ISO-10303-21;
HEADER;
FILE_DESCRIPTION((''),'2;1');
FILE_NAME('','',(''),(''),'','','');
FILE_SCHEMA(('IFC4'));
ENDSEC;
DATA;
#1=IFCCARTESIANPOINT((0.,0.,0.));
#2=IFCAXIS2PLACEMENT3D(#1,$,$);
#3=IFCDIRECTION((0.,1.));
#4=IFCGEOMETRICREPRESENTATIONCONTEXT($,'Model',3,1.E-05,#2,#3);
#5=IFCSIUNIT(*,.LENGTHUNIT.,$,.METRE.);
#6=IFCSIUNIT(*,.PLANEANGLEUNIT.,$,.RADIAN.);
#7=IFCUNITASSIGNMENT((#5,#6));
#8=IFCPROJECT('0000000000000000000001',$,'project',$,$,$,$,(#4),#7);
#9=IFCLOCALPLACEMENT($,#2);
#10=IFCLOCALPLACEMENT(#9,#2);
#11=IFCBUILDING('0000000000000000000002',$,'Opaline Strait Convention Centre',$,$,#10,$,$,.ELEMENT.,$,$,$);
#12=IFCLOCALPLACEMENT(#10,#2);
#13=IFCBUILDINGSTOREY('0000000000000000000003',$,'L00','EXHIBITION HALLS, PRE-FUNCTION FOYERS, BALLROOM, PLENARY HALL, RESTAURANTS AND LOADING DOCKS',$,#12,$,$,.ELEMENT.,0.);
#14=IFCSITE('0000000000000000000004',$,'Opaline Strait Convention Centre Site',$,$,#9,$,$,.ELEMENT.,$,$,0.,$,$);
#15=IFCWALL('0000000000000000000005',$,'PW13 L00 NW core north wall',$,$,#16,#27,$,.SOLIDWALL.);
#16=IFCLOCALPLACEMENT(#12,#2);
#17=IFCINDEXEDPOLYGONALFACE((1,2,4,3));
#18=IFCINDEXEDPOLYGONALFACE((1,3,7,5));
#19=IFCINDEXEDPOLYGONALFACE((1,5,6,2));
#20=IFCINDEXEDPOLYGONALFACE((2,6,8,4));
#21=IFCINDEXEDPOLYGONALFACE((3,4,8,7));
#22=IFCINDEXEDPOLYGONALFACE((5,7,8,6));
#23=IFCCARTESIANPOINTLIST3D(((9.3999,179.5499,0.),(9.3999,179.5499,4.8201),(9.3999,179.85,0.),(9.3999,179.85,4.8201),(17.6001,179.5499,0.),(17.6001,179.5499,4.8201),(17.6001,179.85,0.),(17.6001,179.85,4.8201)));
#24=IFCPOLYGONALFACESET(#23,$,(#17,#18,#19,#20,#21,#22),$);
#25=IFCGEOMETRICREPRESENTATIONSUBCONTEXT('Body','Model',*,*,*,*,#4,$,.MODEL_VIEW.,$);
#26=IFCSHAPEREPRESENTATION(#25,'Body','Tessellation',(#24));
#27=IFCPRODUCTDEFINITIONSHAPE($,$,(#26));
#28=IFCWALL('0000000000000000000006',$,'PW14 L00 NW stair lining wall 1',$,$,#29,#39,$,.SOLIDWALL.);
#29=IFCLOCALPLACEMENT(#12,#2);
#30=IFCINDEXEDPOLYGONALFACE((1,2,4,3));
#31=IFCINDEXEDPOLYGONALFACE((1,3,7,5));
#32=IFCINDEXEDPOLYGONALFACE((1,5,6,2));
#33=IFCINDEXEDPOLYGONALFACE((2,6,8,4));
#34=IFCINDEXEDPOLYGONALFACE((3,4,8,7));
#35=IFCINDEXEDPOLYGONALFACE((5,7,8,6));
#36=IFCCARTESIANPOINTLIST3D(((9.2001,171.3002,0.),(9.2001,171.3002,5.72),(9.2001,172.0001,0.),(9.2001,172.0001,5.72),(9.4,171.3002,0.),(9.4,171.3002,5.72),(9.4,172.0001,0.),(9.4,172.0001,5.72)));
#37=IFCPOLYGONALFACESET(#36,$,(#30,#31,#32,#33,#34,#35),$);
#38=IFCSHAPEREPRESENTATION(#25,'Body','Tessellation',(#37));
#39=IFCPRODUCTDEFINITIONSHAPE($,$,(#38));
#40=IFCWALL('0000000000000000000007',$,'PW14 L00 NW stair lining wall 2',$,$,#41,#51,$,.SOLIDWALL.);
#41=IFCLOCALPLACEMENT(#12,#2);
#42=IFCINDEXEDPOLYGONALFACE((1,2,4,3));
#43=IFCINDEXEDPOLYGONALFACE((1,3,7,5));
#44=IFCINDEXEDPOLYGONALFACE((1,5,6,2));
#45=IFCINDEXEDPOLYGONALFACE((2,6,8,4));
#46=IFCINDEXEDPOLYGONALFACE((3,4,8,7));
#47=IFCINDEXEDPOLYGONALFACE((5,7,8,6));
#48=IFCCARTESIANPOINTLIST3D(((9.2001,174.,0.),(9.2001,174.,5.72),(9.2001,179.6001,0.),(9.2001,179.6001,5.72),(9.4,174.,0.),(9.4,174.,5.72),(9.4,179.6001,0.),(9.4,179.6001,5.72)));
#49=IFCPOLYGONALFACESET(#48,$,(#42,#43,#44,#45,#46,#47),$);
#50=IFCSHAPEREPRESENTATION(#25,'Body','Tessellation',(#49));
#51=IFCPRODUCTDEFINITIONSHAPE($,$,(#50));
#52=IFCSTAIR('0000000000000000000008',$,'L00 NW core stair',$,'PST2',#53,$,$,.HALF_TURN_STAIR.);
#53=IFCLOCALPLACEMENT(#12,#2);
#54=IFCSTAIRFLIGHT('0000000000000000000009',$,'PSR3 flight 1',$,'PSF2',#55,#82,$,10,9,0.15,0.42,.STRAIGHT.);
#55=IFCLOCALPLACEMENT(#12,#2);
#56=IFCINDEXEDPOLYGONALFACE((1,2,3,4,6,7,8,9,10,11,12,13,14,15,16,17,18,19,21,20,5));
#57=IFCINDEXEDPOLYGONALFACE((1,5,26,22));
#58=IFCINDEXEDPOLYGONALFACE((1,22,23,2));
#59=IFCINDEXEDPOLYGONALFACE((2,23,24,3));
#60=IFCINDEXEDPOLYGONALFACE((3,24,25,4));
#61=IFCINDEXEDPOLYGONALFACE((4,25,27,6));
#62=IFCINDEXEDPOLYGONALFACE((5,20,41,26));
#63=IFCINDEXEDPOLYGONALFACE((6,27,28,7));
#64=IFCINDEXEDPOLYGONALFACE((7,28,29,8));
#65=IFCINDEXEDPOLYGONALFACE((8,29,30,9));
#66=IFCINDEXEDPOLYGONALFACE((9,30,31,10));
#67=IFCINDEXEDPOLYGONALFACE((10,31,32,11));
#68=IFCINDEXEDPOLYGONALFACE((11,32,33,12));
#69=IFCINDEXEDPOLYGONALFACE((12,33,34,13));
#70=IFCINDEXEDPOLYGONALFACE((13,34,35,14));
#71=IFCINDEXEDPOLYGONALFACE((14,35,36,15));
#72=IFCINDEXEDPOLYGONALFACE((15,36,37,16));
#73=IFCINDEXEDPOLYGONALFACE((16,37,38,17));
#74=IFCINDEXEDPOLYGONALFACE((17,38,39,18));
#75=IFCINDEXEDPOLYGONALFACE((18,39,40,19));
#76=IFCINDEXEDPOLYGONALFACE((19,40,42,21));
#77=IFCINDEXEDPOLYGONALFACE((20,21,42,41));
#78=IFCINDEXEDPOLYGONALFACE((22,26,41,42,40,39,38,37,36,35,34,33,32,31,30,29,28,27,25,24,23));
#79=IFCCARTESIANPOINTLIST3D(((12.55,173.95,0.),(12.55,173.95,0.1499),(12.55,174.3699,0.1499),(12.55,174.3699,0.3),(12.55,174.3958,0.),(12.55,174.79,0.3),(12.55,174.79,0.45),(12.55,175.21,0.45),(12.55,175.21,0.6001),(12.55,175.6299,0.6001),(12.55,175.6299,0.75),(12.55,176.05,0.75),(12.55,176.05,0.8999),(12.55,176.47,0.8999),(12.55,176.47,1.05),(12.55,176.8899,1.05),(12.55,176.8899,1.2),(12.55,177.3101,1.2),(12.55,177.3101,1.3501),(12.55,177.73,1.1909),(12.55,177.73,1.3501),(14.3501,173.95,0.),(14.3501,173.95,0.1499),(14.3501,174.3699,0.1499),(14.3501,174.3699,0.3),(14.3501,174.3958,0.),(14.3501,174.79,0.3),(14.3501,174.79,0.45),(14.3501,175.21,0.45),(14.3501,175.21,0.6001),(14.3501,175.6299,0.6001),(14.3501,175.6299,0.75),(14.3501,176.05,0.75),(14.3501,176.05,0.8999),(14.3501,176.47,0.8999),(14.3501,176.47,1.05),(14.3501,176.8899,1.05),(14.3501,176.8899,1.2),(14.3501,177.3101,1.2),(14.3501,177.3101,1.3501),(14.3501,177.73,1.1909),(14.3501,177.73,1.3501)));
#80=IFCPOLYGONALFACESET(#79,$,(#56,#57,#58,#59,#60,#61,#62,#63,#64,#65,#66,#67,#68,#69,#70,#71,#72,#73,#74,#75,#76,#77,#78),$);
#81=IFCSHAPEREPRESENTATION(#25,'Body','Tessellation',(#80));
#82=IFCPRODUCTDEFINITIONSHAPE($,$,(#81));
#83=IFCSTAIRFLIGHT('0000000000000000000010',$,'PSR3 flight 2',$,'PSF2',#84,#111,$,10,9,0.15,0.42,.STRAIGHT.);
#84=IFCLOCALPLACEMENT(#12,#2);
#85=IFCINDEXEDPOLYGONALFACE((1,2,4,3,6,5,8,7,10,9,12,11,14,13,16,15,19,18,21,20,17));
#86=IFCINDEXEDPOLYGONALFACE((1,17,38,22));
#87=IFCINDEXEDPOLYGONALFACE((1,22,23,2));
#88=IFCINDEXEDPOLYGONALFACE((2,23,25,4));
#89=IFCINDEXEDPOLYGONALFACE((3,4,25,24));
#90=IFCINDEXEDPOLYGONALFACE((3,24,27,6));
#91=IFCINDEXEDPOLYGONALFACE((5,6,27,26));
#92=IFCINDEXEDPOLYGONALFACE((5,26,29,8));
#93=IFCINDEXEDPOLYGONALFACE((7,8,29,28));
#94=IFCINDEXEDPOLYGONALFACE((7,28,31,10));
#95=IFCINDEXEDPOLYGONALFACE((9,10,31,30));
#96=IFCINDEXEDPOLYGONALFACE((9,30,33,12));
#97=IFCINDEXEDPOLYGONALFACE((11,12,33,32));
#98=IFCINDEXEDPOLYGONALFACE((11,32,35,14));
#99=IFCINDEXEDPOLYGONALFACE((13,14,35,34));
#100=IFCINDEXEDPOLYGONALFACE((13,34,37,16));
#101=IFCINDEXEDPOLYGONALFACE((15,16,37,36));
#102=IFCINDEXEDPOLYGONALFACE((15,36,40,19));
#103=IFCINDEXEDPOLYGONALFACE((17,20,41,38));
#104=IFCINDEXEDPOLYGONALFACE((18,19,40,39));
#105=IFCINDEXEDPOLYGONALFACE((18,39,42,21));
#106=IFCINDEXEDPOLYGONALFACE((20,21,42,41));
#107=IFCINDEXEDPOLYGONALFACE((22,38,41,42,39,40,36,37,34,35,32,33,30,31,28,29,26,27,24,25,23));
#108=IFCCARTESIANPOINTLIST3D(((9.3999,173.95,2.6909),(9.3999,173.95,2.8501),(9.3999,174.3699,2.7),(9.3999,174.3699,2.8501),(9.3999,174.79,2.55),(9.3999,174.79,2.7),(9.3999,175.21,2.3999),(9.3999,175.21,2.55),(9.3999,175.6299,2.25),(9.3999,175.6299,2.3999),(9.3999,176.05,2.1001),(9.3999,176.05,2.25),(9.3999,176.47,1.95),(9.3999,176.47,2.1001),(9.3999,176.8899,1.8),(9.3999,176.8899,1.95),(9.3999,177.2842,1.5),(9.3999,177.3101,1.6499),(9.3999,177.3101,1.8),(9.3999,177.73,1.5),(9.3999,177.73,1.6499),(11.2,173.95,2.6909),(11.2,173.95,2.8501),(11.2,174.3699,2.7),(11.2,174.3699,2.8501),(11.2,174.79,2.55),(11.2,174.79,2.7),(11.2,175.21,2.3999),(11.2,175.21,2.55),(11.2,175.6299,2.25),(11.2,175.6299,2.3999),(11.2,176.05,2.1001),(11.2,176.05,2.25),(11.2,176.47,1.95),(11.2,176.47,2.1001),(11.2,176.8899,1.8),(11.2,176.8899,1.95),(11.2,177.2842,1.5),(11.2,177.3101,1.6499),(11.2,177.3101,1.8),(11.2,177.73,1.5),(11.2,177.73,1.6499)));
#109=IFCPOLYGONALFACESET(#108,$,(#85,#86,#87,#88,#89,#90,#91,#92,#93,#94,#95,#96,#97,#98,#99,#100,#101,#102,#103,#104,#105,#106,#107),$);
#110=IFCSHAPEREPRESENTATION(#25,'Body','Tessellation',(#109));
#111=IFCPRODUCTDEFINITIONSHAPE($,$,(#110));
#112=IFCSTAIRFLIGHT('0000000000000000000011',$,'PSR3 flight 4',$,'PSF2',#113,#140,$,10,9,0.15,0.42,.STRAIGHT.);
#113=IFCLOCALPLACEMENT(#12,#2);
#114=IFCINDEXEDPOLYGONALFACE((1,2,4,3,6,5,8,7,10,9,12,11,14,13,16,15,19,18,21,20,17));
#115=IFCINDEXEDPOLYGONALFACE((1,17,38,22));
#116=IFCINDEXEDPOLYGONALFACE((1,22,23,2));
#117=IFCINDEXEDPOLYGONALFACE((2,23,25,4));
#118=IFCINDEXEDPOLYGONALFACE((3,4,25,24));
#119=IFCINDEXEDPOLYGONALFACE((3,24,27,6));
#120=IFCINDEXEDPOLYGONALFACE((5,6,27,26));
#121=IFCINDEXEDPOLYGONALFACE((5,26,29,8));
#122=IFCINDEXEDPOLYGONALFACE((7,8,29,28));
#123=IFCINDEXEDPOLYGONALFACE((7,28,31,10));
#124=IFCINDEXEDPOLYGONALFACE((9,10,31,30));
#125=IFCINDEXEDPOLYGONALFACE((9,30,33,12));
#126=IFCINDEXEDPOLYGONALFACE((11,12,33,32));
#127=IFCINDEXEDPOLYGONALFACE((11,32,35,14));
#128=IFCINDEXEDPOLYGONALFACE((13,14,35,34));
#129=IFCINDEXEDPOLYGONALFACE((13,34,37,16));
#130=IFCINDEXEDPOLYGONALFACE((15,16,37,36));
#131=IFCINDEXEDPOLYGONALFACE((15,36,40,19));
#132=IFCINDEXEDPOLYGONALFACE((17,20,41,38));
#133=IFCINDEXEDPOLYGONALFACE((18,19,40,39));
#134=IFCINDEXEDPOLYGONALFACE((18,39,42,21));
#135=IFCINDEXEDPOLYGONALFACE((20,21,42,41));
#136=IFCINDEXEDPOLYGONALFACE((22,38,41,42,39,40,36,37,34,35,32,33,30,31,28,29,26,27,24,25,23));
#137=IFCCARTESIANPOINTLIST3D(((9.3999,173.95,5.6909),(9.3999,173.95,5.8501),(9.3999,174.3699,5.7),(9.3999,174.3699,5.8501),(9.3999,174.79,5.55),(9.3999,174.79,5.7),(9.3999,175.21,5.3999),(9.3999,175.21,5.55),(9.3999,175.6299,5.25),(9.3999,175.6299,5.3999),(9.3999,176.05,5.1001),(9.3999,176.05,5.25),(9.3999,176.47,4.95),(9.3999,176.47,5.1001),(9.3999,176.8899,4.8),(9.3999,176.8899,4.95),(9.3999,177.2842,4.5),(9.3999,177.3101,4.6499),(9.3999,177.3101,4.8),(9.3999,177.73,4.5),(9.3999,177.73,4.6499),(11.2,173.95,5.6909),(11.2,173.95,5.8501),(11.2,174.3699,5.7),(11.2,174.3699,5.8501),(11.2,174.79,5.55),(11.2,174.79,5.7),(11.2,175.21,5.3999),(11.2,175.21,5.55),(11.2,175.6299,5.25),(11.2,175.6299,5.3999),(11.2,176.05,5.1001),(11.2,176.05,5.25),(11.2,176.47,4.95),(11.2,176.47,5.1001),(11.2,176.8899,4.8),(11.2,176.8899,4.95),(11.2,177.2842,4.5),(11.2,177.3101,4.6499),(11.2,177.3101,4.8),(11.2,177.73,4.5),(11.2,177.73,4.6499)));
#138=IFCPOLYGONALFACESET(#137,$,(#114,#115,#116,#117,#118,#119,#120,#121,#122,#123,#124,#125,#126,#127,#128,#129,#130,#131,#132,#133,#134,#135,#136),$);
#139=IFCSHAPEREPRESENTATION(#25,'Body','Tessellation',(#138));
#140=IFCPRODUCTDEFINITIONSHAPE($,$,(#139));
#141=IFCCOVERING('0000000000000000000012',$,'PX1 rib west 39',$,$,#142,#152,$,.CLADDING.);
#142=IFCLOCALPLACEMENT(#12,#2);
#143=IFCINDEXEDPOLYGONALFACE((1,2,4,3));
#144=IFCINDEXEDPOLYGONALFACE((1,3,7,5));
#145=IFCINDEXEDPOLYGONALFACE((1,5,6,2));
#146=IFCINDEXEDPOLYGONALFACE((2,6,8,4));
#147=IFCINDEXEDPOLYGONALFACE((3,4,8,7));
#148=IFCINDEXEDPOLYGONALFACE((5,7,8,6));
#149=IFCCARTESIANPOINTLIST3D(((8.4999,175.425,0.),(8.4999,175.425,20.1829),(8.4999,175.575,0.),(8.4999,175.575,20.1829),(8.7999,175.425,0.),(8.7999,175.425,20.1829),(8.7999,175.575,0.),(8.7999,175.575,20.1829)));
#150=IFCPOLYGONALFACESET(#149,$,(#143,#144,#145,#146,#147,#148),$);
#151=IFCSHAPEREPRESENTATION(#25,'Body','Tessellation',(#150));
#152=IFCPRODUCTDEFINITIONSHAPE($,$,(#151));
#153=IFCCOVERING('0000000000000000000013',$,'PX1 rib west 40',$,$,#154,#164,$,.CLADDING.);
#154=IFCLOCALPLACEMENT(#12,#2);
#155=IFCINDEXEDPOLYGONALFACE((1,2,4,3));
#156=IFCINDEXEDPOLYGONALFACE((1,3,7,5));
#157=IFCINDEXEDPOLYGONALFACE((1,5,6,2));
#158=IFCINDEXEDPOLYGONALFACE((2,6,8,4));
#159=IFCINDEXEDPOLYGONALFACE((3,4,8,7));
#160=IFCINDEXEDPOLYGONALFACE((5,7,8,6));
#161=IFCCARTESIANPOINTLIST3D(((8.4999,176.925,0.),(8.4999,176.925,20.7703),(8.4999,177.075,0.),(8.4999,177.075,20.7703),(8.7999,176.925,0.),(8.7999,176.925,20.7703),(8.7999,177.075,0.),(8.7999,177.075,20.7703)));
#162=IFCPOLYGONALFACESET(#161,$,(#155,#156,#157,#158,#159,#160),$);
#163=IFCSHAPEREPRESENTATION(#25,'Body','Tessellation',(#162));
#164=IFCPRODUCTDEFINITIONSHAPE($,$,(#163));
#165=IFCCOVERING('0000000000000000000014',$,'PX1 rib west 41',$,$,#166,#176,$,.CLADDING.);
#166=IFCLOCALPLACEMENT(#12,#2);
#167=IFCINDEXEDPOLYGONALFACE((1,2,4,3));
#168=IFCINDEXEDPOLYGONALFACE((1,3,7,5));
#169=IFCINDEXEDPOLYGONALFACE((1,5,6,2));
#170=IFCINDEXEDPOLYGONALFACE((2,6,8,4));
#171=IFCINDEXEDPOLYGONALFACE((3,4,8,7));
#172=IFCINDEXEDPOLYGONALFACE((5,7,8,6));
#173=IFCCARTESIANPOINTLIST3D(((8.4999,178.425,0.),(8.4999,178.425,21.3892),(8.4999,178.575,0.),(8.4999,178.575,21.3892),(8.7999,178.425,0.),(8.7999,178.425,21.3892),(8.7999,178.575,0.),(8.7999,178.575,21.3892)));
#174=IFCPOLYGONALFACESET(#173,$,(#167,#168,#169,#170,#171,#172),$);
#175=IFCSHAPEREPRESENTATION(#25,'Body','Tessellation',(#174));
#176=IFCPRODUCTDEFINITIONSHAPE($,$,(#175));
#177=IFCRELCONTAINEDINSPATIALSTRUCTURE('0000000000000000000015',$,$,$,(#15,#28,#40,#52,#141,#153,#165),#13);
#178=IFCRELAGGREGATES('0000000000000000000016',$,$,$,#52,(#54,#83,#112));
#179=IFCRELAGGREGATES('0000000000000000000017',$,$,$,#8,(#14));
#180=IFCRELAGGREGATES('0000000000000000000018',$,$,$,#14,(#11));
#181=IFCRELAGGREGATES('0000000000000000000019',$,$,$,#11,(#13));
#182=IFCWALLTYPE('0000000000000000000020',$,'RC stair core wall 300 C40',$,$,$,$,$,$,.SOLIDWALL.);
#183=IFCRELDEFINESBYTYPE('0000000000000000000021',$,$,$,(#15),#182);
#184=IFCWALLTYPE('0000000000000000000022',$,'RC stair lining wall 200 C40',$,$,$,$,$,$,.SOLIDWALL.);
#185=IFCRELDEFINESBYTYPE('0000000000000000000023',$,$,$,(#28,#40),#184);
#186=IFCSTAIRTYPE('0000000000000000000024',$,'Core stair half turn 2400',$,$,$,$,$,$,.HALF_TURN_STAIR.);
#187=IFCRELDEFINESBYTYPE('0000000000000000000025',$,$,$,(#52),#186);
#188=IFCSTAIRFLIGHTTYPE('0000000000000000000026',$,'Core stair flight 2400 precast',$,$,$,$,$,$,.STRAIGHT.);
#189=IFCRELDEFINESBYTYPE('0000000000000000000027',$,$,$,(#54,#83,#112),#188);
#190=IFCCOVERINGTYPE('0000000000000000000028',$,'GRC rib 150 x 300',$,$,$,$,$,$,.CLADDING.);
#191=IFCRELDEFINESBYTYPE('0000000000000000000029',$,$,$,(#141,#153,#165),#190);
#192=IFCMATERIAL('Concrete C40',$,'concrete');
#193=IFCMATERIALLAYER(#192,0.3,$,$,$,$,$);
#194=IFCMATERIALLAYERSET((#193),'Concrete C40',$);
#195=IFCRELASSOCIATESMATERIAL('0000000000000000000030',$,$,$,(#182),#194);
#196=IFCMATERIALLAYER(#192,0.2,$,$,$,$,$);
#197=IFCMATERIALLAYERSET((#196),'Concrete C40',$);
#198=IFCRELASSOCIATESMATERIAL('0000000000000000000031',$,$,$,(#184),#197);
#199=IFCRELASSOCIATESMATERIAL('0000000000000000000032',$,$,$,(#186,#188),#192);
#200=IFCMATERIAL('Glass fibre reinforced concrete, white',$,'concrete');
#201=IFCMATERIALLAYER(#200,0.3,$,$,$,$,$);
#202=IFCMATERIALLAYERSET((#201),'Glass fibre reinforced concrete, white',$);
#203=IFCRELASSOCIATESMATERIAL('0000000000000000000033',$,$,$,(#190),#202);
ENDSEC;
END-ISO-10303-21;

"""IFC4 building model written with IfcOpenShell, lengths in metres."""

from ifc_helpers import new_model, si_unit, direction, frame, frame_2d, origin, origin_2d, place, context, subcontext, project, spatial, polyline, rectangle, outline, extrude, material, layer, layer_set, type_object, element, aggregate, save


model = new_model("IFC4")

# Units and contexts
model_context = context("Model", 3, precision=1e-05, world=origin(), true_north=direction((0.0, 1.0)))
body_context = subcontext(model_context, "Body", "Model", "MODEL_VIEW")
ifc_project = project(units=[si_unit("LENGTHUNIT", "METRE"), si_unit("PLANEANGLEUNIT", "RADIAN")], contexts=[model_context])

# Site, building, storey
site_placement = place(None, origin())
site = spatial("IfcSite", under=ifc_project, at=site_placement, Name="Opaline Strait Convention Centre Site", CompositionType="ELEMENT", RefElevation=0.0)
building_placement = place(site_placement, origin())
building = spatial("IfcBuilding", under=site, at=building_placement, Name="Opaline Strait Convention Centre", CompositionType="ELEMENT")
storey_placement = place(building_placement, origin())
storey = spatial("IfcBuildingStorey", under=building, at=storey_placement, Name="L00", Description="EXHIBITION HALLS, PRE-FUNCTION FOYERS, BALLROOM, PLENARY HALL, RESTAURANTS AND LOADING DOCKS", CompositionType="ELEMENT", Elevation=0.0)

# Shared definitions
ifc_material_1 = material(Name="Concrete C40", Category="concrete")

# Walls
ifc_layer_1 = layer(ifc_material_1, 0.3)
ifc_layer_set_1 = layer_set([ifc_layer_1], Name="Concrete C40")
wall_type_1 = type_object("IfcWallType", Name="RC stair core wall 300 C40", PredefinedType="SOLIDWALL", material=ifc_layer_set_1)
wall_1_placement = place(storey_placement, frame((9.3999, 179.7, 0.0), z_axis=(0.0, 0.0, 1.0), x_axis=(1.0, 0.0, 0.0)))
element("IfcWall", 1, at=wall_1_placement, inside=storey, type_object=wall_type_1, Name="PW13 L00 NW core north wall", PredefinedType="SOLIDWALL", context=body_context, shape_type="SweptSolid", body=[
    extrude(rectangle(XDim=8.2002, YDim=0.3, at=frame_2d((4.1001, 0.0))), origin(), (0.0, 0.0, 1.0), 4.8201),
])
ifc_layer_2 = layer(ifc_material_1, 0.2)
ifc_layer_set_2 = layer_set([ifc_layer_2], Name="Concrete C40")
wall_type_2 = type_object("IfcWallType", Name="RC stair lining wall 200 C40", PredefinedType="SOLIDWALL", material=ifc_layer_set_2)
wall_2_placement = place(storey_placement, frame((9.3, 171.3, 0.0), z_axis=(0.0, 0.0, 1.0), x_axis=(0.0, 1.0, 0.0)))
element("IfcWall", 2, at=wall_2_placement, inside=storey, type_object=wall_type_2, Name="PW14 L00 NW stair lining wall 1", PredefinedType="SOLIDWALL", context=body_context, shape_type="SweptSolid", body=[
    extrude(rectangle(XDim=0.7, YDim=0.2, at=frame_2d((0.3501, 0.0))), origin(), (0.0, 0.0, 1.0), 5.72),
])
wall_3_placement = place(storey_placement, frame((9.3, 174.0, 0.0), z_axis=(0.0, 0.0, 1.0), x_axis=(0.0, 1.0, 0.0)))
element("IfcWall", 3, at=wall_3_placement, inside=storey, type_object=wall_type_2, Name="PW14 L00 NW stair lining wall 2", PredefinedType="SOLIDWALL", context=body_context, shape_type="SweptSolid", body=[
    extrude(rectangle(XDim=5.6001, YDim=0.2, at=frame_2d((2.8, 0.0))), origin(), (0.0, 0.0, 1.0), 5.72),
])

# Stair, stair flights
stair_type = type_object("IfcStairType", Name="Core stair half turn 2400", PredefinedType="HALF_TURN_STAIR", material=ifc_material_1)
stair_placement = place(storey_placement, origin())
stair = element("IfcStair", 4, at=stair_placement, inside=storey, type_object=stair_type, Name="L00 NW core stair", ObjectType="PST2", PredefinedType="HALF_TURN_STAIR")
stair_flight_type = type_object("IfcStairFlightType", Name="Core stair flight 2400 precast", PredefinedType="STRAIGHT", material=ifc_material_1)
stair_flight_1_placement = place(storey_placement, frame((13.45, 173.95, 0.0), z_axis=(0.0, 0.0, 1.0), x_axis=(0.0, 1.0, 0.0)))
stair_flight_1 = element("IfcStairFlight", 5, at=stair_flight_1_placement, type_object=stair_flight_type, Name="PSR3 flight 1", ObjectType="PSF2", NumberOfRisers=10, NumberOfTreads=9, PredefinedType="STRAIGHT", RiserHeight=0.15, TreadLength=0.42, context=body_context, shape_type="SweptSolid", body=[
    extrude(outline(polyline([(0.0, 0.0), (0.0, 0.1499), (0.4199, 0.1499), (0.4199, 0.3), (0.8401, 0.3), (0.8401, 0.45), (1.26, 0.45), (1.26, 0.6001), (1.6799, 0.6001), (1.6799, 0.75), (2.1001, 0.75), (2.1001, 0.8999), (2.52, 0.8999), (2.52, 1.05), (2.9399, 1.05), (2.9399, 1.2), (3.3601, 1.2), (3.3601, 1.3501), (3.78, 1.3501), (3.78, 1.5), (3.78, 1.1909), (0.4458, 0.0), (0.0, 0.0)])), frame((0.0, 0.8999, 0.0), z_axis=(0.0, -1.0, 0.0), x_axis=(1.0, 0.0, 0.0)), (0.0, 0.0, 1.0), 1.8),
])
stair_flight_2_placement = place(storey_placement, frame((10.3, 177.73, 1.5), z_axis=(0.0, 0.0, 1.0), x_axis=(0.0, -1.0, 0.0)))
stair_flight_2 = element("IfcStairFlight", 6, at=stair_flight_2_placement, type_object=stair_flight_type, Name="PSR3 flight 2", ObjectType="PSF2", NumberOfRisers=10, NumberOfTreads=9, PredefinedType="STRAIGHT", RiserHeight=0.15, TreadLength=0.42, context=body_context, shape_type="SweptSolid", body=[
    extrude(outline(polyline([(0.0, 0.0), (0.0, 0.1499), (0.4199, 0.1499), (0.4199, 0.3), (0.8401, 0.3), (0.8401, 0.45), (1.26, 0.45), (1.26, 0.6001), (1.6799, 0.6001), (1.6799, 0.75), (2.1001, 0.75), (2.1001, 0.8999), (2.52, 0.8999), (2.52, 1.05), (2.9399, 1.05), (2.9399, 1.2), (3.3601, 1.2), (3.3601, 1.3501), (3.78, 1.3501), (3.78, 1.5), (3.78, 1.1909), (0.4458, 0.0), (0.0, 0.0)])), frame((0.0, 0.8999, 0.0), z_axis=(0.0, -1.0, 0.0), x_axis=(1.0, 0.0, 0.0)), (0.0, 0.0, 1.0), 1.8),
])
stair_flight_3_placement = place(storey_placement, frame((10.3, 177.73, 4.5), z_axis=(0.0, 0.0, 1.0), x_axis=(0.0, -1.0, 0.0)))
stair_flight_3 = element("IfcStairFlight", 7, at=stair_flight_3_placement, type_object=stair_flight_type, Name="PSR3 flight 4", ObjectType="PSF2", NumberOfRisers=10, NumberOfTreads=9, PredefinedType="STRAIGHT", RiserHeight=0.15, TreadLength=0.42, context=body_context, shape_type="SweptSolid", body=[
    extrude(outline(polyline([(0.0, 0.0), (0.0, 0.1499), (0.4199, 0.1499), (0.4199, 0.3), (0.8401, 0.3), (0.8401, 0.45), (1.26, 0.45), (1.26, 0.6001), (1.6799, 0.6001), (1.6799, 0.75), (2.1001, 0.75), (2.1001, 0.8999), (2.52, 0.8999), (2.52, 1.05), (2.9399, 1.05), (2.9399, 1.2), (3.3601, 1.2), (3.3601, 1.3501), (3.78, 1.3501), (3.78, 1.5), (3.78, 1.1909), (0.4458, 0.0), (0.0, 0.0)])), frame((0.0, 0.8999, 0.0), z_axis=(0.0, -1.0, 0.0), x_axis=(1.0, 0.0, 0.0)), (0.0, 0.0, 1.0), 1.8),
])
aggregate(stair, [stair_flight_1, stair_flight_2, stair_flight_3])

# Coverings
ifc_material_2 = material(Name="Glass fibre reinforced concrete, white", Category="concrete")
ifc_layer_3 = layer(ifc_material_2, 0.3)
ifc_layer_set_3 = layer_set([ifc_layer_3], Name="Glass fibre reinforced concrete, white")
covering_type = type_object("IfcCoveringType", Name="GRC rib 150 x 300", PredefinedType="CLADDING", material=ifc_layer_set_3)
covering_1_placement = place(storey_placement, frame((8.6499, 175.5, 0.0), z_axis=(0.0, 0.0, 1.0), x_axis=(1.0, 0.0, 0.0)))
element("IfcCovering", 8, at=covering_1_placement, inside=storey, type_object=covering_type, Name="PX1 rib west 39", PredefinedType="CLADDING", context=body_context, shape_type="SweptSolid", body=[
    extrude(rectangle(XDim=0.3, YDim=0.1499, at=origin_2d()), origin(), (0.0, 0.0, 1.0), 20.1829),
])
covering_2_placement = place(storey_placement, frame((8.6499, 177.0, 0.0), z_axis=(0.0, 0.0, 1.0), x_axis=(1.0, 0.0, 0.0)))
element("IfcCovering", 9, at=covering_2_placement, inside=storey, type_object=covering_type, Name="PX1 rib west 40", PredefinedType="CLADDING", context=body_context, shape_type="SweptSolid", body=[
    extrude(rectangle(XDim=0.3, YDim=0.1499, at=origin_2d()), origin(), (0.0, 0.0, 1.0), 20.7703),
])
covering_3_placement = place(storey_placement, frame((8.6499, 178.5, 0.0), z_axis=(0.0, 0.0, 1.0), x_axis=(1.0, 0.0, 0.0)))
element("IfcCovering", 10, at=covering_3_placement, inside=storey, type_object=covering_type, Name="PX1 rib west 41", PredefinedType="CLADDING", context=body_context, shape_type="SweptSolid", body=[
    extrude(rectangle(XDim=0.3, YDim=0.1499, at=origin_2d()), origin(), (0.0, 0.0, 1.0), 21.3892),
])

save(model, "model.ifc")
